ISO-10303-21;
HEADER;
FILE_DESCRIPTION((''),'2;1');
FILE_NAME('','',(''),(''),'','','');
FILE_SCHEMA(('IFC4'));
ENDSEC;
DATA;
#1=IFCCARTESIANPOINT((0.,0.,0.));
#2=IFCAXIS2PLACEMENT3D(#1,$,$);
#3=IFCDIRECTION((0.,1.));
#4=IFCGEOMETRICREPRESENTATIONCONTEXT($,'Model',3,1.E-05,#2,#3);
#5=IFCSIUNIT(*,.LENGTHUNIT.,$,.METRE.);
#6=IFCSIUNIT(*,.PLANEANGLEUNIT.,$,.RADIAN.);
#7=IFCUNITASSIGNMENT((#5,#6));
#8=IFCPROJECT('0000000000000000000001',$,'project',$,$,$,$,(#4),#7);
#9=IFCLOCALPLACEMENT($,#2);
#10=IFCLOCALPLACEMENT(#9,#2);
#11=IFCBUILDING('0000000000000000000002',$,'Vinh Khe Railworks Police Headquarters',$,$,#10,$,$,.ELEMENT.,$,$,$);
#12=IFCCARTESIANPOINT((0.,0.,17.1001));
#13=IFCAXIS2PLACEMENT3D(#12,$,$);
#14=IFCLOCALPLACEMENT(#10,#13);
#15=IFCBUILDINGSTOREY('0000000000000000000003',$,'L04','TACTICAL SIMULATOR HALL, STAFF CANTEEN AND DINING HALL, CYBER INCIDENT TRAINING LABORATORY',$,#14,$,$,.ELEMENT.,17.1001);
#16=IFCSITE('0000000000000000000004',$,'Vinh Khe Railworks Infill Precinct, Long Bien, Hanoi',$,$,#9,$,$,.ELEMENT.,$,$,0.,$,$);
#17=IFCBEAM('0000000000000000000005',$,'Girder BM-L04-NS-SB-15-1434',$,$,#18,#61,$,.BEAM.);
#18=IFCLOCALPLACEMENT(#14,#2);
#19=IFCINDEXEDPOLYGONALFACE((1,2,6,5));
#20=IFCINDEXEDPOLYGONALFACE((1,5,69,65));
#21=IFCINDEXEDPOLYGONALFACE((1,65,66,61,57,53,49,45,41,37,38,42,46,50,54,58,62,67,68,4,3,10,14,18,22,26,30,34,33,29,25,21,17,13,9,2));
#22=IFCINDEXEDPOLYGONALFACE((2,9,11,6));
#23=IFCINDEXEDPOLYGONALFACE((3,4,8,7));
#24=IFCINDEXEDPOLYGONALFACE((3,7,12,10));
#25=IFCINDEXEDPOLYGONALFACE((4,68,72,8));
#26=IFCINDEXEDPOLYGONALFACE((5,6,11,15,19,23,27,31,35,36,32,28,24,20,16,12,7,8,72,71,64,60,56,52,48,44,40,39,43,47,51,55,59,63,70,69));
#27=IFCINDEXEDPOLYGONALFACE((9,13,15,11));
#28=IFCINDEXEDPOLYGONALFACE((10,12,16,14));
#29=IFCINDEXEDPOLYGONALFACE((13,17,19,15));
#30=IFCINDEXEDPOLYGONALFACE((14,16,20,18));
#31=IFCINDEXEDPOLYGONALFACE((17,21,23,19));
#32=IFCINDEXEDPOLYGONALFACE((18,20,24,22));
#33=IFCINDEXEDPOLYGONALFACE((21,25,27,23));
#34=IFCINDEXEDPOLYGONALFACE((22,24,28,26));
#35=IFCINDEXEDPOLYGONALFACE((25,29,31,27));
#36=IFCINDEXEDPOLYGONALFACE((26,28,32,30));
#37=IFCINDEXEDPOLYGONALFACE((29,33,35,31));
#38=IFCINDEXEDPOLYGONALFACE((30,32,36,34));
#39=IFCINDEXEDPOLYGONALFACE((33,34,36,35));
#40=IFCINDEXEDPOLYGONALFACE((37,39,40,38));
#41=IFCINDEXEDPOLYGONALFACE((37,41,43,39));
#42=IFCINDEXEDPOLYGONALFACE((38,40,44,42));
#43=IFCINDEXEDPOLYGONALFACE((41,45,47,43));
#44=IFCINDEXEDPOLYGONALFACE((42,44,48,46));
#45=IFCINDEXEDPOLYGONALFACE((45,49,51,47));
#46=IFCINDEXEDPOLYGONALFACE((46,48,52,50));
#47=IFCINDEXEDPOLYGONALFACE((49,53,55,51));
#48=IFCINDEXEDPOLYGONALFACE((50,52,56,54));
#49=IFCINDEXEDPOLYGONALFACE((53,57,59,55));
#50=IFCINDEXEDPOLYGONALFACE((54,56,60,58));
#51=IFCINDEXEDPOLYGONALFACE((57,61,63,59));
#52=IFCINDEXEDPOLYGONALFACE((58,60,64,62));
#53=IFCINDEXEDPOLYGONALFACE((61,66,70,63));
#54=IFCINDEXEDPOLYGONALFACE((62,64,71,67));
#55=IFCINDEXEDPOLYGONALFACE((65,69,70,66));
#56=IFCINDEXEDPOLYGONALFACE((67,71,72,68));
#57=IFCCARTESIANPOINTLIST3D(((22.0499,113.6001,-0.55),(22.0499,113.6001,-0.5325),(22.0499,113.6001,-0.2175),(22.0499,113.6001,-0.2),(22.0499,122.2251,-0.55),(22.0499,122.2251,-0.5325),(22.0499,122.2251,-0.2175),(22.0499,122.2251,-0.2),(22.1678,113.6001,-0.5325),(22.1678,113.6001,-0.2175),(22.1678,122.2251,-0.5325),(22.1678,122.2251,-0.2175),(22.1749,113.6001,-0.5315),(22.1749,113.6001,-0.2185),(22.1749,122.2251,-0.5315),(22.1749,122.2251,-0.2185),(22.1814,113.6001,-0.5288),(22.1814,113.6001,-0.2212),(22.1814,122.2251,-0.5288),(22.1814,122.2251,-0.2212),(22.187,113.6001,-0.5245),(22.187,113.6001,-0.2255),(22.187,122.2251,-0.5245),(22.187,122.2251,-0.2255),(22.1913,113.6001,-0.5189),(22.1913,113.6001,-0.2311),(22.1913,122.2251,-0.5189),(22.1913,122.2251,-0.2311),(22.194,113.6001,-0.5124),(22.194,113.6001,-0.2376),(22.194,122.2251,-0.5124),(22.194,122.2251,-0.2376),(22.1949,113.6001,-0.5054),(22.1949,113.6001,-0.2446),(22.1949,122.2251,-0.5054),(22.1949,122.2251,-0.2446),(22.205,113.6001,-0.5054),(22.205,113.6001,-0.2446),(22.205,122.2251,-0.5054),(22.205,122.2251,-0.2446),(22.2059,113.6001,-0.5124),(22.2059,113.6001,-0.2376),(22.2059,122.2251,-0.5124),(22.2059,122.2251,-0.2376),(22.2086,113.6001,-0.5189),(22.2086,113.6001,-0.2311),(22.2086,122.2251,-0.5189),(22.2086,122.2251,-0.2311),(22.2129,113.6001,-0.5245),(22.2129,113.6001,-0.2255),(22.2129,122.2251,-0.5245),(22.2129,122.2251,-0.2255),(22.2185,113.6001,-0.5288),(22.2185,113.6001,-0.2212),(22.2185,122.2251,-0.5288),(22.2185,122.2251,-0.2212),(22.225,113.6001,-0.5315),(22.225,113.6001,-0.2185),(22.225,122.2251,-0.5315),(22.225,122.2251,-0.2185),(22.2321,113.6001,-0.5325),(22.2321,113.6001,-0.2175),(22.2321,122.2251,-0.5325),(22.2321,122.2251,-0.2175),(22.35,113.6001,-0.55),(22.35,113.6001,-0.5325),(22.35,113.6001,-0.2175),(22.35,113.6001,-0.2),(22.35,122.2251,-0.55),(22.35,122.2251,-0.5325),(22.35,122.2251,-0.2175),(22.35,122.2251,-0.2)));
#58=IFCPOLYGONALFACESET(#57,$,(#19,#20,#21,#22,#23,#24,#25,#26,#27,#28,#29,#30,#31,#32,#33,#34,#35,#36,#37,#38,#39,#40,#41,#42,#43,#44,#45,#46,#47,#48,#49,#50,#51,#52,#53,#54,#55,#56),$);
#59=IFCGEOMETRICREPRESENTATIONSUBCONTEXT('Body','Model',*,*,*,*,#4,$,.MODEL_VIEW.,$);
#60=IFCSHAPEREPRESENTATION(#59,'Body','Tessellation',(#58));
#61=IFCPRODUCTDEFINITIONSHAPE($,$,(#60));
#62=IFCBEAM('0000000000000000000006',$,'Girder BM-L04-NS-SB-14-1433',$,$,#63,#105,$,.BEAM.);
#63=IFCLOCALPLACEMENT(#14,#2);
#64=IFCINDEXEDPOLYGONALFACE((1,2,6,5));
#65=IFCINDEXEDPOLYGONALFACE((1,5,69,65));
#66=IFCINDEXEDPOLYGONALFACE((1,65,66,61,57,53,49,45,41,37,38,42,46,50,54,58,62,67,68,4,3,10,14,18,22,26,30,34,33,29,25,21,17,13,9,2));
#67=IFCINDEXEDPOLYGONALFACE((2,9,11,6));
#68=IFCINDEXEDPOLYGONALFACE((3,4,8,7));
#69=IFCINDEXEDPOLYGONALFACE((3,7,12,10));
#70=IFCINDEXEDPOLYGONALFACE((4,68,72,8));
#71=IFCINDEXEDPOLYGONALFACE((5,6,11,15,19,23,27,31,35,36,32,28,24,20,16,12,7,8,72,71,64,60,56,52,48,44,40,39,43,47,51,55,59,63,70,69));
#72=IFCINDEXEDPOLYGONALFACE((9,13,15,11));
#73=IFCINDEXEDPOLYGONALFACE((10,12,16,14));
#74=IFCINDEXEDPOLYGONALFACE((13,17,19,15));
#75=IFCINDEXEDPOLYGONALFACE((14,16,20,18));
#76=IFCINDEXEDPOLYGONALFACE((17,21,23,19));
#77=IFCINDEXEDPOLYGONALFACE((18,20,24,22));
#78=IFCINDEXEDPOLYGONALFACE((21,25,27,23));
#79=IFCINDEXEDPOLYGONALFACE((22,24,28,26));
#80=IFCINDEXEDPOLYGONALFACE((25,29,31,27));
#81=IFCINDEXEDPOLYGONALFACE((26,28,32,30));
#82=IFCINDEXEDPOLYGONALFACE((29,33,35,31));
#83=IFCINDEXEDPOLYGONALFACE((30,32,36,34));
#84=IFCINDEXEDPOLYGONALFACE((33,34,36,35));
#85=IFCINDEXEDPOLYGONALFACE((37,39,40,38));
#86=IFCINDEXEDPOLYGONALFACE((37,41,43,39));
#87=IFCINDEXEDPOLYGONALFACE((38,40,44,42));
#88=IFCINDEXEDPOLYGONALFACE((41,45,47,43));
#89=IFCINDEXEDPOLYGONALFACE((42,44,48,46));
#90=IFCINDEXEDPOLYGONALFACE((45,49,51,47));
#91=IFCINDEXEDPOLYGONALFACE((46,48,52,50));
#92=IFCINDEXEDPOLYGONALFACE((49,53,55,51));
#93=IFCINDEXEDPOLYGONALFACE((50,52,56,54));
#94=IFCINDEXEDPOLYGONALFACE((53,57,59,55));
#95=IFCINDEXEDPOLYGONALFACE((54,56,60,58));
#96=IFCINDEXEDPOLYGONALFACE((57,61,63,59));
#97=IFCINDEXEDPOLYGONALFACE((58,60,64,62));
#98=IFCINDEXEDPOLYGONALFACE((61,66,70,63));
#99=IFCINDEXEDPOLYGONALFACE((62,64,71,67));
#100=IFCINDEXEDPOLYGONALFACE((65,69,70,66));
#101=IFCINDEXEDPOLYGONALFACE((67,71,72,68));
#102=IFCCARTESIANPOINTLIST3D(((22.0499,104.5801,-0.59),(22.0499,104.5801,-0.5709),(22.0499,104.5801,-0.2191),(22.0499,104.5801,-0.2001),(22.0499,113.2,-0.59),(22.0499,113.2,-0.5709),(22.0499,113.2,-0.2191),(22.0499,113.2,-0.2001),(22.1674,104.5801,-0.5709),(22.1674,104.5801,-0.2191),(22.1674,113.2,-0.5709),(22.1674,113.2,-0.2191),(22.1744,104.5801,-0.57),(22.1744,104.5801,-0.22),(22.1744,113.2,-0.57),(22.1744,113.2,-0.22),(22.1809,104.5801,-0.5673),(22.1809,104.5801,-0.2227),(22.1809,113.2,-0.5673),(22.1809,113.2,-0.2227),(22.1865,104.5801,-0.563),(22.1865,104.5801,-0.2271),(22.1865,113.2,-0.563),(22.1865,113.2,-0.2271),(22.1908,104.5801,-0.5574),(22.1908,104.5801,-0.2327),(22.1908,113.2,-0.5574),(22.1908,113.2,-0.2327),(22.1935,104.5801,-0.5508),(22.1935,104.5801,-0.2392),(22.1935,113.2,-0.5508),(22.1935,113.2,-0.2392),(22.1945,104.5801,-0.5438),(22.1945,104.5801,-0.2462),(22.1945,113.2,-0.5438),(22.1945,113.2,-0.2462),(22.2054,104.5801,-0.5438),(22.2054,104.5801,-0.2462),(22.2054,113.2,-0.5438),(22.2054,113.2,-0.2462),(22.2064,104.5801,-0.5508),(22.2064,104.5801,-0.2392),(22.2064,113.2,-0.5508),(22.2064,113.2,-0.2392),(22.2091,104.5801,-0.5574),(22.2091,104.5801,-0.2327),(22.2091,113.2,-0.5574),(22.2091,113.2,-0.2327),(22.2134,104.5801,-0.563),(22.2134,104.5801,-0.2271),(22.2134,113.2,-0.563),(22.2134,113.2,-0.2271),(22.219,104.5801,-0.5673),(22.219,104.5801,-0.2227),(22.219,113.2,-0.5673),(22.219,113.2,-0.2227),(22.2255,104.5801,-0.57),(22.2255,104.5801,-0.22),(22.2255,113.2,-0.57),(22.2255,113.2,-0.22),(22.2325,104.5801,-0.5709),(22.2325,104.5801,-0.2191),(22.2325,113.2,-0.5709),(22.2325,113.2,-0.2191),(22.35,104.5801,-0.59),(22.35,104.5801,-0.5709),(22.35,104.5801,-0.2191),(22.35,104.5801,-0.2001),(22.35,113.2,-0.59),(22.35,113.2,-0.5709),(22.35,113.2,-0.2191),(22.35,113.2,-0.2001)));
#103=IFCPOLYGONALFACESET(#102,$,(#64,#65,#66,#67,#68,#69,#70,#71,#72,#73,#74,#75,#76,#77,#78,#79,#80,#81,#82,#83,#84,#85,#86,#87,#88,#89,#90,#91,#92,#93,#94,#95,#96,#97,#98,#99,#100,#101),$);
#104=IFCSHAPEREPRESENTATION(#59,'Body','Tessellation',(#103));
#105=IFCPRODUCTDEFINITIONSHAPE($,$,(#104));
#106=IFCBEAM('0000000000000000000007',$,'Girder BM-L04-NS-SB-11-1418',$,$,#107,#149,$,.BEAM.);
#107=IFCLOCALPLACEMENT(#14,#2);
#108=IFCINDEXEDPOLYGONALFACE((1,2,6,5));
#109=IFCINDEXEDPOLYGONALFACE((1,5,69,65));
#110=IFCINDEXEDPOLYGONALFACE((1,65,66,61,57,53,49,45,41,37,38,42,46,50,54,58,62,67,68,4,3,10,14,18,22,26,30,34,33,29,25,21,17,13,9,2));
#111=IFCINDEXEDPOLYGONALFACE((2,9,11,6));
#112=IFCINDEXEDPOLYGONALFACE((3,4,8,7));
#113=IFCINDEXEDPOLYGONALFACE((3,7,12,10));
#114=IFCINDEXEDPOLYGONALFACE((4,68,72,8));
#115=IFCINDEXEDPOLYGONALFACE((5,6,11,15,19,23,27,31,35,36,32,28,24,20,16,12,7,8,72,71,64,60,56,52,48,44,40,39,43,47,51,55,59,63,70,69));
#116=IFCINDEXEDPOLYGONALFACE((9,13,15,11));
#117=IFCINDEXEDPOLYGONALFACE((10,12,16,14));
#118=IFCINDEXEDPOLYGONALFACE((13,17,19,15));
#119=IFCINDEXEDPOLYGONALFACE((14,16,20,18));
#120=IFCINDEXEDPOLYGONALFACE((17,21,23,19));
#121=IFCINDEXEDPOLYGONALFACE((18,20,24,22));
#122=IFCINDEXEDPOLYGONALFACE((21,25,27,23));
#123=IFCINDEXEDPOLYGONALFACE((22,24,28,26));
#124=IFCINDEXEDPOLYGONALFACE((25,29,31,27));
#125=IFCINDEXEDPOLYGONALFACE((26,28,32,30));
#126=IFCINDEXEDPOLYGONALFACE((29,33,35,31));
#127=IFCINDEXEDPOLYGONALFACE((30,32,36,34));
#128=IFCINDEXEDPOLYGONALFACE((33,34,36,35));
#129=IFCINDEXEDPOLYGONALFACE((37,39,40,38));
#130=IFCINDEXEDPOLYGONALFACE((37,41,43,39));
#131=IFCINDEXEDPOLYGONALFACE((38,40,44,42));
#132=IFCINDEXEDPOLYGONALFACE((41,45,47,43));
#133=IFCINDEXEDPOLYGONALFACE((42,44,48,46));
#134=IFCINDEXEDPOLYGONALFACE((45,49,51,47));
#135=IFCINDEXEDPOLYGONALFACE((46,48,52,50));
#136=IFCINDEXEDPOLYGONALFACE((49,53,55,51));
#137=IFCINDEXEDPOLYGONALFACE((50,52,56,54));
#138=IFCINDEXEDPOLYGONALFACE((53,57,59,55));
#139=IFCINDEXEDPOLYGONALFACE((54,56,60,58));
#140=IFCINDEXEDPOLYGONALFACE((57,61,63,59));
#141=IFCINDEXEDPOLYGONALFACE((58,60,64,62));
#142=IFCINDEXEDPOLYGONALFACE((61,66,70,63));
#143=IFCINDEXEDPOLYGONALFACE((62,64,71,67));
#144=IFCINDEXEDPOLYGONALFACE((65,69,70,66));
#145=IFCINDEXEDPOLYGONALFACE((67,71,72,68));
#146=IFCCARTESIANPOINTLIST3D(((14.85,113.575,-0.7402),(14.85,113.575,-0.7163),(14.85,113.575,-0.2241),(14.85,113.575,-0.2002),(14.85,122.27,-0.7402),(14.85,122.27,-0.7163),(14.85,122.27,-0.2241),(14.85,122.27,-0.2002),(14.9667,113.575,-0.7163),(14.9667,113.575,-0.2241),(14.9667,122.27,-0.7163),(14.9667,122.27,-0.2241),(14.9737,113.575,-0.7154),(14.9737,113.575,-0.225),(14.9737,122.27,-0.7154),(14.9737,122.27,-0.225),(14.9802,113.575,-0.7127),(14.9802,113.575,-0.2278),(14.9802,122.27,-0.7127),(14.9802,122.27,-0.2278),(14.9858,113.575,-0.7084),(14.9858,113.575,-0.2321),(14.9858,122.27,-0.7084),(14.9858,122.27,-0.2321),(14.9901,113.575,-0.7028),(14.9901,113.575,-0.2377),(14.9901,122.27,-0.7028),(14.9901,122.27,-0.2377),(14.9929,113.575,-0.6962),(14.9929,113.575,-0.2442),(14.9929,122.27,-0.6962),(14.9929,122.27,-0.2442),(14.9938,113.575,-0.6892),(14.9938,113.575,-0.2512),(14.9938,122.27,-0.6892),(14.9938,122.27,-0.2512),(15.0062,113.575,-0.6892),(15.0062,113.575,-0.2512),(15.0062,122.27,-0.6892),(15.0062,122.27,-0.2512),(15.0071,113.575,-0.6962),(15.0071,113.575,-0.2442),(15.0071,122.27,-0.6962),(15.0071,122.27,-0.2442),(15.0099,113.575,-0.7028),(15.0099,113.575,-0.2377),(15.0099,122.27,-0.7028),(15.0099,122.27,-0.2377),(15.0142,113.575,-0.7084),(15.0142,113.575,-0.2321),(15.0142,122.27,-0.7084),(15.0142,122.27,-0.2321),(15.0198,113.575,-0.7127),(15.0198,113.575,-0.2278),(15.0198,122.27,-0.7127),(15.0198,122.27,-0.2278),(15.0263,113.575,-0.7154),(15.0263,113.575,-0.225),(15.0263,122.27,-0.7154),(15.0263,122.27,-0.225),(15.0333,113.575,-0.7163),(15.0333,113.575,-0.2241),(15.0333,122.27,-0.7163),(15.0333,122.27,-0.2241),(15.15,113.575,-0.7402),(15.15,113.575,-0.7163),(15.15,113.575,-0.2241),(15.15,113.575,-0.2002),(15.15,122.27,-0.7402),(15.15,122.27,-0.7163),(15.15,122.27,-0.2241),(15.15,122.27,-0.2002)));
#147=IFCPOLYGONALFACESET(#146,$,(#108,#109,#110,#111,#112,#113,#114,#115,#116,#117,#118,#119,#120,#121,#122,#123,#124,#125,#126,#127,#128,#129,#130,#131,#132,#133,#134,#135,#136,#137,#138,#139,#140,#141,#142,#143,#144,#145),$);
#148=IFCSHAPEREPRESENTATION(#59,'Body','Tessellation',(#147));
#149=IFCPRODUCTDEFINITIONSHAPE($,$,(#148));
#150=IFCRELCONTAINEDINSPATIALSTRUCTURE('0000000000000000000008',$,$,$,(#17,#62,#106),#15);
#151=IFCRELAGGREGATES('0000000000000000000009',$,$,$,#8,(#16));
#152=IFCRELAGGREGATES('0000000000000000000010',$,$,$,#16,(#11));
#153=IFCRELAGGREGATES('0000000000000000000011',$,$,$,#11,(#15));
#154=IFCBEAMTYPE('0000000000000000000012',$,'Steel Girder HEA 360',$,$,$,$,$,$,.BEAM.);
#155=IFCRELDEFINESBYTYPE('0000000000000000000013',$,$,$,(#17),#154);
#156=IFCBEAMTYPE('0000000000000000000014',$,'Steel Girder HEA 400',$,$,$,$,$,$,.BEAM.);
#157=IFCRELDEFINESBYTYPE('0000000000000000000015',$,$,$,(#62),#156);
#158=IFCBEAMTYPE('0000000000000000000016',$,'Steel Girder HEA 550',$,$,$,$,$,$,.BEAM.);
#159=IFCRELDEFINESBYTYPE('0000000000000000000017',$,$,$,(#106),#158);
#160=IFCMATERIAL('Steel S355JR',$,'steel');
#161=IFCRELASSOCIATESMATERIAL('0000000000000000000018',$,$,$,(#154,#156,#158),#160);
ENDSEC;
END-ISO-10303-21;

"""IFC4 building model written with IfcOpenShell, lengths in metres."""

from ifc_helpers import new_model, si_unit, direction, frame, origin, origin_2d, place, context, subcontext, project, spatial, i_section, extrude, material, material_profile, profile_set, type_object, element, save


model = new_model("IFC4")

# Units and contexts
model_context = context("Model", 3, precision=1e-05, world=origin(), true_north=direction((0.0, 1.0)))
body_context = subcontext(model_context, "Body", "Model", "MODEL_VIEW")
ifc_project = project(units=[si_unit("LENGTHUNIT", "METRE"), si_unit("PLANEANGLEUNIT", "RADIAN")], contexts=[model_context])

# Site, building, storey
site_placement = place(None, origin())
site = spatial("IfcSite", under=ifc_project, at=site_placement, Name="Vinh Khe Railworks Infill Precinct, Long Bien, Hanoi", CompositionType="ELEMENT", RefElevation=0.0)
building_placement = place(site_placement, origin())
building = spatial("IfcBuilding", under=site, at=building_placement, Name="Vinh Khe Railworks Police Headquarters", CompositionType="ELEMENT")
storey_placement = place(building_placement, frame((0.0, 0.0, 17.1001)))
storey = spatial("IfcBuildingStorey", under=building, at=storey_placement, Name="L04", Description="TACTICAL SIMULATOR HALL, STAFF CANTEEN AND DINING HALL, CYBER INCIDENT TRAINING LABORATORY", CompositionType="ELEMENT", Elevation=17.1001)

# Shared definitions
ifc_material_1 = material(Name="Steel S355JR", Category="steel")

# Beams
ifc_material_profile_1 = material_profile(ifc_material_1, i_section(OverallWidth=0.3, OverallDepth=0.3501, WebThickness=0.01, FlangeThickness=0.0176, FilletRadius=0.0271, at=origin_2d()), Name="HEA 360")
ifc_profile_set_1 = profile_set([ifc_material_profile_1], Name="Steel S355JR")
beam_type_1 = type_object("IfcBeamType", Name="Steel Girder HEA 360", PredefinedType="BEAM", material=ifc_profile_set_1)
beam_1_placement = place(storey_placement, frame((22.2, 113.6001, -0.375), z_axis=(0.0, 1.0, 0.0), x_axis=(-1.0, 0.0, 0.0)))
element("IfcBeam", 1, at=beam_1_placement, inside=storey, type_object=beam_type_1, Name="Girder BM-L04-NS-SB-15-1434", PredefinedType="BEAM", context=body_context, shape_type="SweptSolid", body=[
    extrude(i_section(OverallWidth=0.3, OverallDepth=0.3501, WebThickness=0.01, FlangeThickness=0.0176, FilletRadius=0.0271, at=origin_2d()), origin(), (0.0, 0.0, 1.0), 8.625),
])
ifc_material_profile_2 = material_profile(ifc_material_1, i_section(OverallWidth=0.3, OverallDepth=0.3899, WebThickness=0.011, FlangeThickness=0.019, FilletRadius=0.0271, at=origin_2d()), Name="HEA 400")
ifc_profile_set_2 = profile_set([ifc_material_profile_2], Name="Steel S355JR")
beam_type_2 = type_object("IfcBeamType", Name="Steel Girder HEA 400", PredefinedType="BEAM", material=ifc_profile_set_2)
beam_2_placement = place(storey_placement, frame((22.2, 104.5801, -0.395), z_axis=(0.0, 1.0, 0.0), x_axis=(-1.0, 0.0, 0.0)))
element("IfcBeam", 2, at=beam_2_placement, inside=storey, type_object=beam_type_2, Name="Girder BM-L04-NS-SB-14-1433", PredefinedType="BEAM", context=body_context, shape_type="SweptSolid", body=[
    extrude(i_section(OverallWidth=0.3, OverallDepth=0.3899, WebThickness=0.011, FlangeThickness=0.019, FilletRadius=0.0271, at=origin_2d()), origin(), (0.0, 0.0, 1.0), 8.6199),
])
ifc_material_profile_3 = material_profile(ifc_material_1, i_section(OverallWidth=0.3, OverallDepth=0.54, WebThickness=0.0125, FlangeThickness=0.0239, FilletRadius=0.0271, at=origin_2d()), Name="HEA 550")
ifc_profile_set_3 = profile_set([ifc_material_profile_3], Name="Steel S355JR")
beam_type_3 = type_object("IfcBeamType", Name="Steel Girder HEA 550", PredefinedType="BEAM", material=ifc_profile_set_3)
beam_3_placement = place(storey_placement, frame((15.0, 113.575, -0.4702), z_axis=(0.0, 1.0, 0.0), x_axis=(-1.0, 0.0, 0.0)))
element("IfcBeam", 3, at=beam_3_placement, inside=storey, type_object=beam_type_3, Name="Girder BM-L04-NS-SB-11-1418", PredefinedType="BEAM", context=body_context, shape_type="SweptSolid", body=[
    extrude(i_section(OverallWidth=0.3, OverallDepth=0.54, WebThickness=0.0125, FlangeThickness=0.0239, FilletRadius=0.0271, at=origin_2d()), origin(), (0.0, 0.0, 1.0), 8.6951),
])

save(model, "model.ifc")
